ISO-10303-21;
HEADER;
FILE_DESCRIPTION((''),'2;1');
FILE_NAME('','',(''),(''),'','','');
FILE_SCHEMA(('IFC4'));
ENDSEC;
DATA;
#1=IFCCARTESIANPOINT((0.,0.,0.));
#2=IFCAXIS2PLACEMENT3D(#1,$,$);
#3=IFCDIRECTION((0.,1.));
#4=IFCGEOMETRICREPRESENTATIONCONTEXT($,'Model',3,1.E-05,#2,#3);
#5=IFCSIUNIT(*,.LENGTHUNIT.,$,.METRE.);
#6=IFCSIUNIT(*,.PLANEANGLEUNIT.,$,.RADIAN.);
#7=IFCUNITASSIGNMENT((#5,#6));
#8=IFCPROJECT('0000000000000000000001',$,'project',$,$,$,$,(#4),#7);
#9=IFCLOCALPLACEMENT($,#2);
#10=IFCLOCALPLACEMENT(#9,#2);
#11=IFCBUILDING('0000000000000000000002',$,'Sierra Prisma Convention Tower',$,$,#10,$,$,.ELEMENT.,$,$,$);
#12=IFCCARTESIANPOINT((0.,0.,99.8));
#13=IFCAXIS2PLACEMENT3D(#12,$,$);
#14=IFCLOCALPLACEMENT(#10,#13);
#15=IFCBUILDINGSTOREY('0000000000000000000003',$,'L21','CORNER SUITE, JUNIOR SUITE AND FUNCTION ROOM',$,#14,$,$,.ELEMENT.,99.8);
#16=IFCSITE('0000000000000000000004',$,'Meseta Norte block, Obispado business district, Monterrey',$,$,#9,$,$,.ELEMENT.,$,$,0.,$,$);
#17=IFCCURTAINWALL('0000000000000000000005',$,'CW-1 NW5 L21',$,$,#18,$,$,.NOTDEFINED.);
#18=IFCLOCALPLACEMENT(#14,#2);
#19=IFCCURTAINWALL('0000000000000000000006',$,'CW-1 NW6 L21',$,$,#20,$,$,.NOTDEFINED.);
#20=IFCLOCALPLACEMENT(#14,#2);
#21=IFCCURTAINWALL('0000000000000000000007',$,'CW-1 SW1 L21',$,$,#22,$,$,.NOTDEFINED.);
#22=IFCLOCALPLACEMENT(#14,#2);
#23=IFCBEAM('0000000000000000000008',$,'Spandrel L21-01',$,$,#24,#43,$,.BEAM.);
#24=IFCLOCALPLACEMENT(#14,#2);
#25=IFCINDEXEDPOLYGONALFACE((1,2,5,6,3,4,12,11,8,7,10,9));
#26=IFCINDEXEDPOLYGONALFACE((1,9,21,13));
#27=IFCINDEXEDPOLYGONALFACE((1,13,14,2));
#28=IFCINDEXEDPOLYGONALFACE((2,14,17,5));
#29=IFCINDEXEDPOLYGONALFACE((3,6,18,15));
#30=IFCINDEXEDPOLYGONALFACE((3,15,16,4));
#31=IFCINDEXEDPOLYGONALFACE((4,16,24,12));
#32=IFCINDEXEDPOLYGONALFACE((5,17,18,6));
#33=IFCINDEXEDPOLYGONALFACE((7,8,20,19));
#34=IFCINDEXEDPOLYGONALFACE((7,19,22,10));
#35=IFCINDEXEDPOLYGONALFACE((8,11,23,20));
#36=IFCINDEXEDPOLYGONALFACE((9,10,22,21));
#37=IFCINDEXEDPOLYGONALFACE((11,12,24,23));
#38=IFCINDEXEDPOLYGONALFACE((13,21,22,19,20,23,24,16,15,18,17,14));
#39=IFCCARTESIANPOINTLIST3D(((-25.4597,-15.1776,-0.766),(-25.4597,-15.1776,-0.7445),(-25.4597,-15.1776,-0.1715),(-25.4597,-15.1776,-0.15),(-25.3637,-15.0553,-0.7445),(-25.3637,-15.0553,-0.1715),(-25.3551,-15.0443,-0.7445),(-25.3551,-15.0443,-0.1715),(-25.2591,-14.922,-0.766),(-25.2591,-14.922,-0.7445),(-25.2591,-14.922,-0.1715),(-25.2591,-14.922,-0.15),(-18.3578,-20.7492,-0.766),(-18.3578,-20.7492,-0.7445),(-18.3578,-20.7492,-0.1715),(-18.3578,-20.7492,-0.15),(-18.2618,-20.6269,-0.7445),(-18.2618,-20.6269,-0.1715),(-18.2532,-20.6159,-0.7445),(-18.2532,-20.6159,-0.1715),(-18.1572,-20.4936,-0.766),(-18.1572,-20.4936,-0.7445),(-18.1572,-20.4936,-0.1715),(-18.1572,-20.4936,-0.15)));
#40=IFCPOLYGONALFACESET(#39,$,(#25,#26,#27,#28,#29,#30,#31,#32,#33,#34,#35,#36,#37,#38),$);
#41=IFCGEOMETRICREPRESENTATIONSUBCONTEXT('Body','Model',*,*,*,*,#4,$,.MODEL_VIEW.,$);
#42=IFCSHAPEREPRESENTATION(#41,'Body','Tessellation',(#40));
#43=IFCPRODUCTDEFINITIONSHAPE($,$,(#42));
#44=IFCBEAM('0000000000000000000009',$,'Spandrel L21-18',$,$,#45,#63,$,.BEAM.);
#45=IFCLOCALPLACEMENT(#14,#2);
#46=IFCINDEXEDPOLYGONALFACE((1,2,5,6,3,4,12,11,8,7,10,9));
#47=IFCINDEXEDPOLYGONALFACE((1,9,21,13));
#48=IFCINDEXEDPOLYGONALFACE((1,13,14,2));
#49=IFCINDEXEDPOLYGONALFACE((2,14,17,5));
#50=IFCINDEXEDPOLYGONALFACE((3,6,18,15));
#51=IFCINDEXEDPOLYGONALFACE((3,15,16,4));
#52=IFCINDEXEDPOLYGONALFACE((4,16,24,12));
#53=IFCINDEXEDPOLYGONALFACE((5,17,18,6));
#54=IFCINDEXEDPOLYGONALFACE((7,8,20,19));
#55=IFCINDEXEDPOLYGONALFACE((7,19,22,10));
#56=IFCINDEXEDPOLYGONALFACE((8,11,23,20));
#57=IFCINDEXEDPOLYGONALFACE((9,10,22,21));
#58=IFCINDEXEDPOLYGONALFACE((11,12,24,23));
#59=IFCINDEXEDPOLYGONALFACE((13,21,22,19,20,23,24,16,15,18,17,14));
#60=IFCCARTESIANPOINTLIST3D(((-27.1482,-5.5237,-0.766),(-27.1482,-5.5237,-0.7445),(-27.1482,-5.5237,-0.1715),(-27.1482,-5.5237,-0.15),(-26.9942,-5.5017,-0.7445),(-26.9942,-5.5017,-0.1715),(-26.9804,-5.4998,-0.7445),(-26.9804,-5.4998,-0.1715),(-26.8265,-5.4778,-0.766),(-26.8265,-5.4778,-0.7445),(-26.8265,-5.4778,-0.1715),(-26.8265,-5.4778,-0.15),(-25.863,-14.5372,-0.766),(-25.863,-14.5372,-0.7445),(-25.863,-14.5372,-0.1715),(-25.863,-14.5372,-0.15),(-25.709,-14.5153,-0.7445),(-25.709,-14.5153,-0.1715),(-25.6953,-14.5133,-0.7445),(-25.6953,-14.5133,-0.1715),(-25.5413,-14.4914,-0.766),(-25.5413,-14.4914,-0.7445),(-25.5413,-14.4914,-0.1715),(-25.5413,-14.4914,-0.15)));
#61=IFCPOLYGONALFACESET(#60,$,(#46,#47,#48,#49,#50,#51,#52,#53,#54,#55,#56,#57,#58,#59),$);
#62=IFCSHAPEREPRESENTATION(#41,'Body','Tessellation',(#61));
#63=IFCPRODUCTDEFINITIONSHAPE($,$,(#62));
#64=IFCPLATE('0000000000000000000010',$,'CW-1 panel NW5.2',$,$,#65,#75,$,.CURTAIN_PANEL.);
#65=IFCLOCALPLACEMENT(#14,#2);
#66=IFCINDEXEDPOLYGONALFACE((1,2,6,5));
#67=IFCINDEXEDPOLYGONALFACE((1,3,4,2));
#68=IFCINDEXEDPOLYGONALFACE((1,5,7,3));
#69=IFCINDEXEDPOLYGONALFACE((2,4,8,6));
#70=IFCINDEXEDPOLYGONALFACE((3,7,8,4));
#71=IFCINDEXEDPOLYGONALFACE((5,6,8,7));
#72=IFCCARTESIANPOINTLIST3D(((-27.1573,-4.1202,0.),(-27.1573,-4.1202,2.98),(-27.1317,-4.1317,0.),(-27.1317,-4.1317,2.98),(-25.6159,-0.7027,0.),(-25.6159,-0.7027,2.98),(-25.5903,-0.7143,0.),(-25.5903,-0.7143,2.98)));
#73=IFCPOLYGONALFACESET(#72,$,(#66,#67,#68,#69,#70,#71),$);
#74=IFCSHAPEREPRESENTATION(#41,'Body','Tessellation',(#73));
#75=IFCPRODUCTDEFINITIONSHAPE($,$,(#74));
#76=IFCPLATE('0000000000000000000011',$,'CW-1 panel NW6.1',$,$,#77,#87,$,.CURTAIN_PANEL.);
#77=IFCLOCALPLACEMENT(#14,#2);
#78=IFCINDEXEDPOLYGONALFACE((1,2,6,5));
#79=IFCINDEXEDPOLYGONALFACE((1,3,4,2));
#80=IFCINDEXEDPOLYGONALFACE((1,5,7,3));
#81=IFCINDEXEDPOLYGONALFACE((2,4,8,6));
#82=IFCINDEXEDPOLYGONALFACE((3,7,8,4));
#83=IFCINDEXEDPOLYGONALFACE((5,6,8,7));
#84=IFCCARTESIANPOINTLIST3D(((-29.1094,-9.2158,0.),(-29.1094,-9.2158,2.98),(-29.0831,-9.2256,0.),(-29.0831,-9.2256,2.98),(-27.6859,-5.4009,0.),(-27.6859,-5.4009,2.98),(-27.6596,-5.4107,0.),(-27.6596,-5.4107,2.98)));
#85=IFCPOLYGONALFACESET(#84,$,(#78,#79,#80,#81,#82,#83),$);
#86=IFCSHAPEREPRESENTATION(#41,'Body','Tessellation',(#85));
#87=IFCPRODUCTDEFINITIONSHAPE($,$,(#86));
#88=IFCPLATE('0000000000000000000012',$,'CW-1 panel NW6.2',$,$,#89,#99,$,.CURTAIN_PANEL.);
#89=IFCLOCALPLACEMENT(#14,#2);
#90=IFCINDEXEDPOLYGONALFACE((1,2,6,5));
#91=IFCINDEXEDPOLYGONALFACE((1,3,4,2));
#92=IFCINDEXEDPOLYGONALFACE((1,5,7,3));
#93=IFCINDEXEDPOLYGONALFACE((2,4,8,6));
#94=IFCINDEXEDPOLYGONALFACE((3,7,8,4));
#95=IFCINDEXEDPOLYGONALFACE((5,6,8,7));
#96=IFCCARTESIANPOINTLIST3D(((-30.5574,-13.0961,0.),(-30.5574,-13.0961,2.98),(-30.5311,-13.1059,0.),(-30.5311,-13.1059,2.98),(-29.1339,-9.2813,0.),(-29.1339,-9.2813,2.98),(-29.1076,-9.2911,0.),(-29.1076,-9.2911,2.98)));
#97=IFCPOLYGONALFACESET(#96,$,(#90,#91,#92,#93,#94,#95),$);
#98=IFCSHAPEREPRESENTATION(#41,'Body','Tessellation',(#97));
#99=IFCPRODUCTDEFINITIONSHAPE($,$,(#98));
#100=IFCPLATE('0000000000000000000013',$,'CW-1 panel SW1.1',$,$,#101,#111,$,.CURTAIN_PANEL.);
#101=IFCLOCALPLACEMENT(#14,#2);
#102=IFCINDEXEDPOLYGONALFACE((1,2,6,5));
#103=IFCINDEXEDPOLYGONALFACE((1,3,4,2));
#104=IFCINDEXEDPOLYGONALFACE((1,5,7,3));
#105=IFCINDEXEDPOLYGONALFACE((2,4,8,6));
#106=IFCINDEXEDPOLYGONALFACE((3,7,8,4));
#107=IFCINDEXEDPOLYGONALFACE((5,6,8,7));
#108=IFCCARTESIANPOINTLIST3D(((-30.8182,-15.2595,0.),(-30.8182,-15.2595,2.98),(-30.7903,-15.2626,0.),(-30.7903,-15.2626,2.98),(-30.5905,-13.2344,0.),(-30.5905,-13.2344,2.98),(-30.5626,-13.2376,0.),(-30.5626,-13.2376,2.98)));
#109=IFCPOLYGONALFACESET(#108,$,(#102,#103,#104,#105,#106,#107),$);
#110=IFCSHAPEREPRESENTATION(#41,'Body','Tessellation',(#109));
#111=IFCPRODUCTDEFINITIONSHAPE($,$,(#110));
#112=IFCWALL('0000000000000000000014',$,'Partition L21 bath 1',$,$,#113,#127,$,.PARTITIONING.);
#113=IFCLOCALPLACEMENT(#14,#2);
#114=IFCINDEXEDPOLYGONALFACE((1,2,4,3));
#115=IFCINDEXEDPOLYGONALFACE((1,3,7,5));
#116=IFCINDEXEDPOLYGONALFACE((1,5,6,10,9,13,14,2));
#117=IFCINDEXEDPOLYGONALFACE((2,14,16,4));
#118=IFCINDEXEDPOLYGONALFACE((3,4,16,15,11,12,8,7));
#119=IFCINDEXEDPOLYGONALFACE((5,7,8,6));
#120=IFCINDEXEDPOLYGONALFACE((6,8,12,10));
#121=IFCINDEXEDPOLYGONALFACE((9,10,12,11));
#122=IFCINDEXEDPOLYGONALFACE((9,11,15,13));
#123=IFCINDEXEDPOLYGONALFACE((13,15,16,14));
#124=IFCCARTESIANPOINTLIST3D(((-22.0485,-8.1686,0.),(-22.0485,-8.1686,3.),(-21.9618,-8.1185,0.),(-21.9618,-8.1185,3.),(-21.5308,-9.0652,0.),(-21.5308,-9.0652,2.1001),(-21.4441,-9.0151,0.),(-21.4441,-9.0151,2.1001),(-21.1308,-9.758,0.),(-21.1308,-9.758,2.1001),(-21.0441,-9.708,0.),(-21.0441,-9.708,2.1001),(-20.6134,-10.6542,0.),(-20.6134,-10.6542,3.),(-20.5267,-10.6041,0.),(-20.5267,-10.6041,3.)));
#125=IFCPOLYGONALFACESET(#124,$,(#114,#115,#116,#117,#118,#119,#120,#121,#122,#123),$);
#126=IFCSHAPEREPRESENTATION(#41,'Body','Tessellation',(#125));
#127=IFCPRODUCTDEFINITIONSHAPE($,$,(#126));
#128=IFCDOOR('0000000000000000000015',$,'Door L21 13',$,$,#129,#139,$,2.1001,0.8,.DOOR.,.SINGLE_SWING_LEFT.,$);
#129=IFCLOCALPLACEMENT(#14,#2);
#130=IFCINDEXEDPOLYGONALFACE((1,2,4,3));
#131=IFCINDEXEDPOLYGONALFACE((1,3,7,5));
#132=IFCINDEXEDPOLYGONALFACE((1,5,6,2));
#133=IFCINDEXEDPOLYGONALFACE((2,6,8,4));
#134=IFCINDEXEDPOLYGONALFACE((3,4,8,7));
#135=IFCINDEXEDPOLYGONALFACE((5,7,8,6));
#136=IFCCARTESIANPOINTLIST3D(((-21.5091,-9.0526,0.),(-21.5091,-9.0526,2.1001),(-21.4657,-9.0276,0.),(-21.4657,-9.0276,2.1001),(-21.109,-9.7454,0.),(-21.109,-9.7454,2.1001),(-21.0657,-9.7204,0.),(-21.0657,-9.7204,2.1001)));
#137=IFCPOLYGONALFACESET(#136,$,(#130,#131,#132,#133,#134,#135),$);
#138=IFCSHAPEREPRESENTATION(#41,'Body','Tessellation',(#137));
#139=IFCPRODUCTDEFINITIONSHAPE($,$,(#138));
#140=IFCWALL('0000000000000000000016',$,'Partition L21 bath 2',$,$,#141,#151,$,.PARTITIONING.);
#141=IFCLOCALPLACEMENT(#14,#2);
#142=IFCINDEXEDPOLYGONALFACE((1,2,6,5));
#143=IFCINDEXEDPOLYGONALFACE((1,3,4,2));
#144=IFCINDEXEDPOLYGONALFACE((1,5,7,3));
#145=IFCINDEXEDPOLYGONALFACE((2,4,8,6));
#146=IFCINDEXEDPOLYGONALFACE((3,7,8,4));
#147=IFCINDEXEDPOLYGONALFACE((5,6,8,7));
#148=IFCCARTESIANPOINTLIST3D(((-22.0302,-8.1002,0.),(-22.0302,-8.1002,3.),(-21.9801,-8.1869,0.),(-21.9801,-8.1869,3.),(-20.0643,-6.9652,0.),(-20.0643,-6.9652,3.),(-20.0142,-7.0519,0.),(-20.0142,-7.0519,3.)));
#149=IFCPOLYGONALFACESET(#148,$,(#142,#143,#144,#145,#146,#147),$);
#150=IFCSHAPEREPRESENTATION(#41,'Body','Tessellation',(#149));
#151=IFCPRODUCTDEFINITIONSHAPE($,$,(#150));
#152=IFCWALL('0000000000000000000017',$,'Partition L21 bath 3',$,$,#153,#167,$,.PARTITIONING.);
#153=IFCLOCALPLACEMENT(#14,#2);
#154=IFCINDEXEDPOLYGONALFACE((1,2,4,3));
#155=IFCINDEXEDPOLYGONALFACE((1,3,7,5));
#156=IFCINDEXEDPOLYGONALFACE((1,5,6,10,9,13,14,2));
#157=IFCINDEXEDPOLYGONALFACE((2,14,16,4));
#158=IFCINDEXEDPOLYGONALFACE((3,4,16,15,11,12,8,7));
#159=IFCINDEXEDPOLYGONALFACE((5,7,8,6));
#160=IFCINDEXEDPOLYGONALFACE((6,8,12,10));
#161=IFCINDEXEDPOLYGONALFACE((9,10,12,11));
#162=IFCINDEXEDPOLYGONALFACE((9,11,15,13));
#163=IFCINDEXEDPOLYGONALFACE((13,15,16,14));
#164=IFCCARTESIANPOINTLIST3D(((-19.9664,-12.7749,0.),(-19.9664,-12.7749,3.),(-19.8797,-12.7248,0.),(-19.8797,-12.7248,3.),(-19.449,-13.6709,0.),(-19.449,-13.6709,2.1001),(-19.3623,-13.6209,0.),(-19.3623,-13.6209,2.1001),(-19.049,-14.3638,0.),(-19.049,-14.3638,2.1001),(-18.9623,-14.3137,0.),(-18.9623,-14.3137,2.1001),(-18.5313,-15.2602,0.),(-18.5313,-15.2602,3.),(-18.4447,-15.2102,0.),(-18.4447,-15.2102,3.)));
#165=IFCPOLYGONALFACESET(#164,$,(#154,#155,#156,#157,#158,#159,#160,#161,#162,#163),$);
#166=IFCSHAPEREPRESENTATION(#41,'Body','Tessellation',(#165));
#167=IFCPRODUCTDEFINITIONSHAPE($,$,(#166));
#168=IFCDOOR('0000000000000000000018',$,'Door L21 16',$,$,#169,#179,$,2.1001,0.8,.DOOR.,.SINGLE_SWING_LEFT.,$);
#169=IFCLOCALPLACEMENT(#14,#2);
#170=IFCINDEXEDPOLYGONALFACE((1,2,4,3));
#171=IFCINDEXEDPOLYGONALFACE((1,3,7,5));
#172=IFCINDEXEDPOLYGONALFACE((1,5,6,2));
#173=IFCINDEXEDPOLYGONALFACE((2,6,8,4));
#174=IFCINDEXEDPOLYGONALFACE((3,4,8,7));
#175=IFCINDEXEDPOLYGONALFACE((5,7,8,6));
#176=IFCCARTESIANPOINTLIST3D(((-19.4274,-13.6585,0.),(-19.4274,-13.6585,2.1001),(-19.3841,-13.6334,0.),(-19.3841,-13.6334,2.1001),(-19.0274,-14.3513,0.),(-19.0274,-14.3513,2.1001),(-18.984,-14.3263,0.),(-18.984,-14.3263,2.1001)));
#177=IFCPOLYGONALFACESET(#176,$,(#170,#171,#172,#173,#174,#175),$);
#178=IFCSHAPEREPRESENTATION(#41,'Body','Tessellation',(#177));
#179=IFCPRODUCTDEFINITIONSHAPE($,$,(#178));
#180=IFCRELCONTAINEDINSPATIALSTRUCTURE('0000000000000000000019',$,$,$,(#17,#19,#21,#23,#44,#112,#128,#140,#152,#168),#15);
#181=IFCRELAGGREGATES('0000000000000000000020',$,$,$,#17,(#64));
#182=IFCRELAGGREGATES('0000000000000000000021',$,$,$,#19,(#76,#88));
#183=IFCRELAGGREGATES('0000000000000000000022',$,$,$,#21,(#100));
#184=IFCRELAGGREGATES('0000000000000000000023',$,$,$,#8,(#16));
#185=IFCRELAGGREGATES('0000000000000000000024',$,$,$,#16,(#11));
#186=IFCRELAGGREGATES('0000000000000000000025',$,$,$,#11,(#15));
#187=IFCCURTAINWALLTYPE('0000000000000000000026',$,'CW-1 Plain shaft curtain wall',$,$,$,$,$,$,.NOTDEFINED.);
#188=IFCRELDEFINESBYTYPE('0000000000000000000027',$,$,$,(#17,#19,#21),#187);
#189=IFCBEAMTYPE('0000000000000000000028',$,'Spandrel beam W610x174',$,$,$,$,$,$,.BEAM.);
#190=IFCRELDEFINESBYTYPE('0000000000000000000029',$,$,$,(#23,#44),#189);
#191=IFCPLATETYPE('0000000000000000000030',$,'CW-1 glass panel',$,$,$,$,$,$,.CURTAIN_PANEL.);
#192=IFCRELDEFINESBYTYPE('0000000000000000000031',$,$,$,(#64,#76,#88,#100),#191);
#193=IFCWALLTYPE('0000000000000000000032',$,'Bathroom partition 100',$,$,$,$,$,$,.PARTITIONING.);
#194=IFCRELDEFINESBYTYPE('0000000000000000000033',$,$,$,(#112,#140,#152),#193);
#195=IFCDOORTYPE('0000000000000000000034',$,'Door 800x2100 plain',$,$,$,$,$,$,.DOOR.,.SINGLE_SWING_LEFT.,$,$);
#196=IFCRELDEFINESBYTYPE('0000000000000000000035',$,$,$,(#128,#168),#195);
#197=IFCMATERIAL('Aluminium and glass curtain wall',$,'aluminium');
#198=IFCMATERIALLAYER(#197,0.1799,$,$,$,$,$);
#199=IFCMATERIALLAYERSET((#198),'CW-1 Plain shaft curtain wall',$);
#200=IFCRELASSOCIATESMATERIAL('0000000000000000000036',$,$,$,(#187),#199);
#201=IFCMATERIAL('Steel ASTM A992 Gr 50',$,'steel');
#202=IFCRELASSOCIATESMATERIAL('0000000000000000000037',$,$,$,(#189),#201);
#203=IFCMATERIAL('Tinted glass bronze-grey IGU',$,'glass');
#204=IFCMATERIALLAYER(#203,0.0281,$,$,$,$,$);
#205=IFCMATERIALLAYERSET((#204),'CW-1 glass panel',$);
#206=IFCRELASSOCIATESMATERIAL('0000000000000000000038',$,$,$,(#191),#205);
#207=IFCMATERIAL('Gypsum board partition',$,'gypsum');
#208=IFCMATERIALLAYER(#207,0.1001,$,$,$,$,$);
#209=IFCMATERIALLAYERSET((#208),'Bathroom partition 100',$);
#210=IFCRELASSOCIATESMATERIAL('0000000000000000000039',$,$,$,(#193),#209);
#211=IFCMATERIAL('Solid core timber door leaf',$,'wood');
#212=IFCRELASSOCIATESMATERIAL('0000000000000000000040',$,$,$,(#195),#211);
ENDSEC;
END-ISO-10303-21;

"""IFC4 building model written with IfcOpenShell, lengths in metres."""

from ifc_helpers import new_model, si_unit, direction, frame, frame_2d, origin, origin_2d, place, context, subcontext, project, spatial, rectangle, i_section, extrude, material, layer, layer_set, material_profile, profile_set, type_object, element, fill, aggregate, save


model = new_model("IFC4")

# Units and contexts
model_context = context("Model", 3, precision=1e-05, world=origin(), true_north=direction((0.0, 1.0)))
body_context = subcontext(model_context, "Body", "Model", "MODEL_VIEW")
ifc_project = project(units=[si_unit("LENGTHUNIT", "METRE"), si_unit("PLANEANGLEUNIT", "RADIAN")], contexts=[model_context])

# Site, building, storey
site_placement = place(None, origin())
site = spatial("IfcSite", under=ifc_project, at=site_placement, Name="Meseta Norte block, Obispado business district, Monterrey", CompositionType="ELEMENT", RefElevation=0.0)
building_placement = place(site_placement, origin())
building = spatial("IfcBuilding", under=site, at=building_placement, Name="Sierra Prisma Convention Tower", CompositionType="ELEMENT")
storey_placement = place(building_placement, frame((0.0, 0.0, 99.8)))
storey = spatial("IfcBuildingStorey", under=building, at=storey_placement, Name="L21", Description="CORNER SUITE, JUNIOR SUITE AND FUNCTION ROOM", CompositionType="ELEMENT", Elevation=99.8)

# Curtain walls
ifc_material_1 = material(Name="Aluminium and glass curtain wall", Category="aluminium")
ifc_layer_1 = layer(ifc_material_1, 0.1799)
ifc_layer_set_1 = layer_set([ifc_layer_1], Name="CW-1 Plain shaft curtain wall")
curtain_wall_type = type_object("IfcCurtainWallType", Name="CW-1 Plain shaft curtain wall", PredefinedType="NOTDEFINED", material=ifc_layer_set_1)
curtain_wall_1_placement = place(storey_placement, origin())
curtain_wall_1 = element("IfcCurtainWall", 1, at=curtain_wall_1_placement, inside=storey, type_object=curtain_wall_type, Name="CW-1 NW5 L21", PredefinedType="NOTDEFINED")
curtain_wall_2_placement = place(storey_placement, origin())
curtain_wall_2 = element("IfcCurtainWall", 2, at=curtain_wall_2_placement, inside=storey, type_object=curtain_wall_type, Name="CW-1 NW6 L21", PredefinedType="NOTDEFINED")
curtain_wall_3_placement = place(storey_placement, origin())
curtain_wall_3 = element("IfcCurtainWall", 3, at=curtain_wall_3_placement, inside=storey, type_object=curtain_wall_type, Name="CW-1 SW1 L21", PredefinedType="NOTDEFINED")

# Beams
ifc_material_2 = material(Name="Steel ASTM A992 Gr 50", Category="steel")
ifc_material_profile_1 = material_profile(ifc_material_2, i_section(OverallWidth=0.325, OverallDepth=0.616, WebThickness=0.0139, FlangeThickness=0.0215, at=origin_2d()), Name="W610x174")
ifc_profile_set_1 = profile_set([ifc_material_profile_1], Name="Steel ASTM A992 Gr 50")
beam_type_1 = type_object("IfcBeamType", Name="Spandrel beam W610x174", PredefinedType="BEAM", material=ifc_profile_set_1)
beam_1_placement = place(storey_placement, frame((-25.3594, -15.0498, -0.458), z_axis=(0.786773, -0.617242, 0.0), x_axis=(0.617242, 0.786773, 0.0)))
element("IfcBeam", 4, at=beam_1_placement, inside=storey, type_object=beam_type_1, Name="Spandrel L21-01", PredefinedType="BEAM", context=body_context, shape_type="SweptSolid", body=[
    extrude(i_section(OverallWidth=0.325, OverallDepth=0.616, WebThickness=0.0139, FlangeThickness=0.0215, at=origin_2d()), origin(), (0.0, 0.0, 1.0), 9.0266),
])
beam_2_placement = place(storey_placement, frame((-26.9873, -5.5007, -0.458), z_axis=(0.141151, -0.989988, 0.0), x_axis=(0.989988, 0.141151, 0.0)))
element("IfcBeam", 5, at=beam_2_placement, inside=storey, type_object=beam_type_1, Name="Spandrel L21-18", PredefinedType="BEAM", context=body_context, shape_type="SweptSolid", body=[
    extrude(i_section(OverallWidth=0.325, OverallDepth=0.616, WebThickness=0.0139, FlangeThickness=0.0215, at=origin_2d()), origin(), (0.0, 0.0, 1.0), 9.1047),
])

# Plates
ifc_material_3 = material(Name="Tinted glass bronze-grey IGU", Category="glass")
ifc_layer_2 = layer(ifc_material_3, 0.0281)
ifc_layer_set_2 = layer_set([ifc_layer_2], Name="CW-1 glass panel")
plate_type = type_object("IfcPlateType", Name="CW-1 glass panel", PredefinedType="CURTAIN_PANEL", material=ifc_layer_set_2)
plate_1_placement = place(storey_placement, frame((-26.3738, -2.4172, 0.0), z_axis=(0.0, 0.0, 1.0), x_axis=(-0.411156, -0.911565, 0.0)))
plate_1 = element("IfcPlate", 6, at=plate_1_placement, type_object=plate_type, Name="CW-1 panel NW5.2", PredefinedType="CURTAIN_PANEL", context=body_context, shape_type="SweptSolid", body=[
    extrude(rectangle(XDim=3.749, YDim=0.0281, at=origin_2d()), origin(), (0.0, 0.0, 1.0), 2.98),
])
aggregate(curtain_wall_1, [plate_1])
plate_2_placement = place(storey_placement, frame((-28.3845, -7.3132, 0.0), z_axis=(0.0, 0.0, 1.0), x_axis=(-0.349594, -0.936901, 0.0)))
plate_2 = element("IfcPlate", 7, at=plate_2_placement, type_object=plate_type, Name="CW-1 panel NW6.1", PredefinedType="CURTAIN_PANEL", context=body_context, shape_type="SweptSolid", body=[
    extrude(rectangle(XDim=4.0718, YDim=0.0281, at=origin_2d()), origin(), (0.0, 0.0, 1.0), 2.98),
])
plate_3_placement = place(storey_placement, frame((-29.8325, -11.1936, 0.0), z_axis=(0.0, 0.0, 1.0), x_axis=(-0.349594, -0.936901, 0.0)))
plate_3 = element("IfcPlate", 8, at=plate_3_placement, type_object=plate_type, Name="CW-1 panel NW6.2", PredefinedType="CURTAIN_PANEL", context=body_context, shape_type="SweptSolid", body=[
    extrude(rectangle(XDim=4.0718, YDim=0.0281, at=origin_2d()), origin(), (0.0, 0.0, 1.0), 2.98),
])
aggregate(curtain_wall_2, [plate_2, plate_3])
plate_4_placement = place(storey_placement, frame((-30.6904, -14.2485, 0.0), z_axis=(0.0, 0.0, 1.0), x_axis=(-0.11175, -0.993736, 0.0)))
plate_4 = element("IfcPlate", 9, at=plate_4_placement, type_object=plate_type, Name="CW-1 panel SW1.1", PredefinedType="CURTAIN_PANEL", context=body_context, shape_type="SweptSolid", body=[
    extrude(rectangle(XDim=2.0378, YDim=0.0281, at=origin_2d()), origin(), (0.0, 0.0, 1.0), 2.98),
])
aggregate(curtain_wall_3, [plate_4])

# Wall, opening, door
ifc_material_4 = material(Name="Gypsum board partition", Category="gypsum")
ifc_layer_3 = layer(ifc_material_4, 0.1001)
ifc_layer_set_3 = layer_set([ifc_layer_3], Name="Bathroom partition 100")
wall_type_1 = type_object("IfcWallType", Name="Bathroom partition 100", PredefinedType="PARTITIONING", material=ifc_layer_set_3)
wall_1_placement = place(storey_placement, frame((-20.5701, -10.6292, 0.0), z_axis=(0.0, 0.0, 1.0), x_axis=(-0.5, 0.866026, 0.0)))
wall_1 = element("IfcWall", 10, at=wall_1_placement, inside=storey, type_object=wall_type_1, Name="Partition L21 bath 1", PredefinedType="PARTITIONING", context=body_context, shape_type="SweptSolid", body=[
    extrude(rectangle(XDim=2.8701, YDim=0.1001, at=frame_2d((1.4351, 0.0))), origin(), (0.0, 0.0, 1.0), 3.0),
])
opening_1_placement = place(wall_1_placement, frame((1.0349, 0.0, 0.0)))
opening_1 = element("IfcOpeningElement", 11, at=opening_1_placement, cuts=wall_1, PredefinedType="OPENING", context=body_context, shape_type="SweptSolid", body=[
    extrude(rectangle(XDim=0.8, YDim=2.1001, at=frame_2d((0.3999, 1.05))), frame((0.0, 0.05, 0.0), z_axis=(0.0, -1.0, 0.0), x_axis=(1.0, 0.0, 0.0)), (0.0, 0.0, 1.0), 0.1001),
])
ifc_material_5 = material(Name="Solid core timber door leaf", Category="wood")
door_type_1 = type_object("IfcDoorType", Name="Door 800x2100 plain", OperationType="SINGLE_SWING_LEFT", PredefinedType="DOOR", material=ifc_material_5)
door_1_placement = place(opening_1_placement, origin())
door_1 = element("IfcDoor", 12, at=door_1_placement, inside=storey, type_object=door_type_1, Name="Door L21 13", OperationType="SINGLE_SWING_LEFT", OverallHeight=2.1001, OverallWidth=0.8, PredefinedType="DOOR", context=body_context, shape_type="SweptSolid", body=[
    extrude(rectangle(XDim=0.8, YDim=2.1001, at=frame_2d((0.3999, 1.05))), frame((0.0, 0.0249, 0.0), z_axis=(0.0, -1.0, 0.0), x_axis=(1.0, 0.0, 0.0)), (0.0, 0.0, 1.0), 0.05),
])
fill(opening_1, door_1)

# Wall
wall_2_placement = place(storey_placement, frame((-22.0051, -8.1436, 0.0), z_axis=(0.0, 0.0, 1.0), x_axis=(0.866017, 0.500014, 0.0)))
element("IfcWall", 13, at=wall_2_placement, inside=storey, type_object=wall_type_1, Name="Partition L21 bath 2", PredefinedType="PARTITIONING", context=body_context, shape_type="SweptSolid", body=[
    extrude(rectangle(XDim=2.27, YDim=0.1001, at=frame_2d((1.135, 0.0))), origin(), (0.0, 0.0, 1.0), 3.0),
])

# Wall, opening, door
wall_3_placement = place(storey_placement, frame((-19.9231, -12.7498, 0.0), z_axis=(0.0, 0.0, 1.0), x_axis=(0.500037, -0.866004, 0.0)))
wall_3 = element("IfcWall", 14, at=wall_3_placement, inside=storey, type_object=wall_type_1, Name="Partition L21 bath 3", PredefinedType="PARTITIONING", context=body_context, shape_type="SweptSolid", body=[
    extrude(rectangle(XDim=2.8699, YDim=0.1001, at=frame_2d((1.4351, 0.0))), origin(), (0.0, 0.0, 1.0), 3.0),
])
opening_2_placement = place(wall_3_placement, frame((1.0349, 0.0, 0.0)))
opening_2 = element("IfcOpeningElement", 15, at=opening_2_placement, cuts=wall_3, PredefinedType="OPENING", context=body_context, shape_type="SweptSolid", body=[
    extrude(rectangle(XDim=0.8, YDim=2.1001, at=frame_2d((0.3999, 1.05))), frame((0.0, 0.05, 0.0), z_axis=(0.0, -1.0, 0.0), x_axis=(1.0, 0.0, 0.0)), (0.0, 0.0, 1.0), 0.1001),
])
door_2_placement = place(opening_2_placement, origin())
door_2 = element("IfcDoor", 16, at=door_2_placement, inside=storey, type_object=door_type_1, Name="Door L21 16", OperationType="SINGLE_SWING_LEFT", OverallHeight=2.1001, OverallWidth=0.8, PredefinedType="DOOR", context=body_context, shape_type="SweptSolid", body=[
    extrude(rectangle(XDim=0.8, YDim=2.1001, at=frame_2d((0.3999, 1.05))), frame((0.0, 0.0249, 0.0), z_axis=(0.0, -1.0, 0.0), x_axis=(1.0, 0.0, 0.0)), (0.0, 0.0, 1.0), 0.05),
])
fill(opening_2, door_2)

save(model, "model.ifc")
